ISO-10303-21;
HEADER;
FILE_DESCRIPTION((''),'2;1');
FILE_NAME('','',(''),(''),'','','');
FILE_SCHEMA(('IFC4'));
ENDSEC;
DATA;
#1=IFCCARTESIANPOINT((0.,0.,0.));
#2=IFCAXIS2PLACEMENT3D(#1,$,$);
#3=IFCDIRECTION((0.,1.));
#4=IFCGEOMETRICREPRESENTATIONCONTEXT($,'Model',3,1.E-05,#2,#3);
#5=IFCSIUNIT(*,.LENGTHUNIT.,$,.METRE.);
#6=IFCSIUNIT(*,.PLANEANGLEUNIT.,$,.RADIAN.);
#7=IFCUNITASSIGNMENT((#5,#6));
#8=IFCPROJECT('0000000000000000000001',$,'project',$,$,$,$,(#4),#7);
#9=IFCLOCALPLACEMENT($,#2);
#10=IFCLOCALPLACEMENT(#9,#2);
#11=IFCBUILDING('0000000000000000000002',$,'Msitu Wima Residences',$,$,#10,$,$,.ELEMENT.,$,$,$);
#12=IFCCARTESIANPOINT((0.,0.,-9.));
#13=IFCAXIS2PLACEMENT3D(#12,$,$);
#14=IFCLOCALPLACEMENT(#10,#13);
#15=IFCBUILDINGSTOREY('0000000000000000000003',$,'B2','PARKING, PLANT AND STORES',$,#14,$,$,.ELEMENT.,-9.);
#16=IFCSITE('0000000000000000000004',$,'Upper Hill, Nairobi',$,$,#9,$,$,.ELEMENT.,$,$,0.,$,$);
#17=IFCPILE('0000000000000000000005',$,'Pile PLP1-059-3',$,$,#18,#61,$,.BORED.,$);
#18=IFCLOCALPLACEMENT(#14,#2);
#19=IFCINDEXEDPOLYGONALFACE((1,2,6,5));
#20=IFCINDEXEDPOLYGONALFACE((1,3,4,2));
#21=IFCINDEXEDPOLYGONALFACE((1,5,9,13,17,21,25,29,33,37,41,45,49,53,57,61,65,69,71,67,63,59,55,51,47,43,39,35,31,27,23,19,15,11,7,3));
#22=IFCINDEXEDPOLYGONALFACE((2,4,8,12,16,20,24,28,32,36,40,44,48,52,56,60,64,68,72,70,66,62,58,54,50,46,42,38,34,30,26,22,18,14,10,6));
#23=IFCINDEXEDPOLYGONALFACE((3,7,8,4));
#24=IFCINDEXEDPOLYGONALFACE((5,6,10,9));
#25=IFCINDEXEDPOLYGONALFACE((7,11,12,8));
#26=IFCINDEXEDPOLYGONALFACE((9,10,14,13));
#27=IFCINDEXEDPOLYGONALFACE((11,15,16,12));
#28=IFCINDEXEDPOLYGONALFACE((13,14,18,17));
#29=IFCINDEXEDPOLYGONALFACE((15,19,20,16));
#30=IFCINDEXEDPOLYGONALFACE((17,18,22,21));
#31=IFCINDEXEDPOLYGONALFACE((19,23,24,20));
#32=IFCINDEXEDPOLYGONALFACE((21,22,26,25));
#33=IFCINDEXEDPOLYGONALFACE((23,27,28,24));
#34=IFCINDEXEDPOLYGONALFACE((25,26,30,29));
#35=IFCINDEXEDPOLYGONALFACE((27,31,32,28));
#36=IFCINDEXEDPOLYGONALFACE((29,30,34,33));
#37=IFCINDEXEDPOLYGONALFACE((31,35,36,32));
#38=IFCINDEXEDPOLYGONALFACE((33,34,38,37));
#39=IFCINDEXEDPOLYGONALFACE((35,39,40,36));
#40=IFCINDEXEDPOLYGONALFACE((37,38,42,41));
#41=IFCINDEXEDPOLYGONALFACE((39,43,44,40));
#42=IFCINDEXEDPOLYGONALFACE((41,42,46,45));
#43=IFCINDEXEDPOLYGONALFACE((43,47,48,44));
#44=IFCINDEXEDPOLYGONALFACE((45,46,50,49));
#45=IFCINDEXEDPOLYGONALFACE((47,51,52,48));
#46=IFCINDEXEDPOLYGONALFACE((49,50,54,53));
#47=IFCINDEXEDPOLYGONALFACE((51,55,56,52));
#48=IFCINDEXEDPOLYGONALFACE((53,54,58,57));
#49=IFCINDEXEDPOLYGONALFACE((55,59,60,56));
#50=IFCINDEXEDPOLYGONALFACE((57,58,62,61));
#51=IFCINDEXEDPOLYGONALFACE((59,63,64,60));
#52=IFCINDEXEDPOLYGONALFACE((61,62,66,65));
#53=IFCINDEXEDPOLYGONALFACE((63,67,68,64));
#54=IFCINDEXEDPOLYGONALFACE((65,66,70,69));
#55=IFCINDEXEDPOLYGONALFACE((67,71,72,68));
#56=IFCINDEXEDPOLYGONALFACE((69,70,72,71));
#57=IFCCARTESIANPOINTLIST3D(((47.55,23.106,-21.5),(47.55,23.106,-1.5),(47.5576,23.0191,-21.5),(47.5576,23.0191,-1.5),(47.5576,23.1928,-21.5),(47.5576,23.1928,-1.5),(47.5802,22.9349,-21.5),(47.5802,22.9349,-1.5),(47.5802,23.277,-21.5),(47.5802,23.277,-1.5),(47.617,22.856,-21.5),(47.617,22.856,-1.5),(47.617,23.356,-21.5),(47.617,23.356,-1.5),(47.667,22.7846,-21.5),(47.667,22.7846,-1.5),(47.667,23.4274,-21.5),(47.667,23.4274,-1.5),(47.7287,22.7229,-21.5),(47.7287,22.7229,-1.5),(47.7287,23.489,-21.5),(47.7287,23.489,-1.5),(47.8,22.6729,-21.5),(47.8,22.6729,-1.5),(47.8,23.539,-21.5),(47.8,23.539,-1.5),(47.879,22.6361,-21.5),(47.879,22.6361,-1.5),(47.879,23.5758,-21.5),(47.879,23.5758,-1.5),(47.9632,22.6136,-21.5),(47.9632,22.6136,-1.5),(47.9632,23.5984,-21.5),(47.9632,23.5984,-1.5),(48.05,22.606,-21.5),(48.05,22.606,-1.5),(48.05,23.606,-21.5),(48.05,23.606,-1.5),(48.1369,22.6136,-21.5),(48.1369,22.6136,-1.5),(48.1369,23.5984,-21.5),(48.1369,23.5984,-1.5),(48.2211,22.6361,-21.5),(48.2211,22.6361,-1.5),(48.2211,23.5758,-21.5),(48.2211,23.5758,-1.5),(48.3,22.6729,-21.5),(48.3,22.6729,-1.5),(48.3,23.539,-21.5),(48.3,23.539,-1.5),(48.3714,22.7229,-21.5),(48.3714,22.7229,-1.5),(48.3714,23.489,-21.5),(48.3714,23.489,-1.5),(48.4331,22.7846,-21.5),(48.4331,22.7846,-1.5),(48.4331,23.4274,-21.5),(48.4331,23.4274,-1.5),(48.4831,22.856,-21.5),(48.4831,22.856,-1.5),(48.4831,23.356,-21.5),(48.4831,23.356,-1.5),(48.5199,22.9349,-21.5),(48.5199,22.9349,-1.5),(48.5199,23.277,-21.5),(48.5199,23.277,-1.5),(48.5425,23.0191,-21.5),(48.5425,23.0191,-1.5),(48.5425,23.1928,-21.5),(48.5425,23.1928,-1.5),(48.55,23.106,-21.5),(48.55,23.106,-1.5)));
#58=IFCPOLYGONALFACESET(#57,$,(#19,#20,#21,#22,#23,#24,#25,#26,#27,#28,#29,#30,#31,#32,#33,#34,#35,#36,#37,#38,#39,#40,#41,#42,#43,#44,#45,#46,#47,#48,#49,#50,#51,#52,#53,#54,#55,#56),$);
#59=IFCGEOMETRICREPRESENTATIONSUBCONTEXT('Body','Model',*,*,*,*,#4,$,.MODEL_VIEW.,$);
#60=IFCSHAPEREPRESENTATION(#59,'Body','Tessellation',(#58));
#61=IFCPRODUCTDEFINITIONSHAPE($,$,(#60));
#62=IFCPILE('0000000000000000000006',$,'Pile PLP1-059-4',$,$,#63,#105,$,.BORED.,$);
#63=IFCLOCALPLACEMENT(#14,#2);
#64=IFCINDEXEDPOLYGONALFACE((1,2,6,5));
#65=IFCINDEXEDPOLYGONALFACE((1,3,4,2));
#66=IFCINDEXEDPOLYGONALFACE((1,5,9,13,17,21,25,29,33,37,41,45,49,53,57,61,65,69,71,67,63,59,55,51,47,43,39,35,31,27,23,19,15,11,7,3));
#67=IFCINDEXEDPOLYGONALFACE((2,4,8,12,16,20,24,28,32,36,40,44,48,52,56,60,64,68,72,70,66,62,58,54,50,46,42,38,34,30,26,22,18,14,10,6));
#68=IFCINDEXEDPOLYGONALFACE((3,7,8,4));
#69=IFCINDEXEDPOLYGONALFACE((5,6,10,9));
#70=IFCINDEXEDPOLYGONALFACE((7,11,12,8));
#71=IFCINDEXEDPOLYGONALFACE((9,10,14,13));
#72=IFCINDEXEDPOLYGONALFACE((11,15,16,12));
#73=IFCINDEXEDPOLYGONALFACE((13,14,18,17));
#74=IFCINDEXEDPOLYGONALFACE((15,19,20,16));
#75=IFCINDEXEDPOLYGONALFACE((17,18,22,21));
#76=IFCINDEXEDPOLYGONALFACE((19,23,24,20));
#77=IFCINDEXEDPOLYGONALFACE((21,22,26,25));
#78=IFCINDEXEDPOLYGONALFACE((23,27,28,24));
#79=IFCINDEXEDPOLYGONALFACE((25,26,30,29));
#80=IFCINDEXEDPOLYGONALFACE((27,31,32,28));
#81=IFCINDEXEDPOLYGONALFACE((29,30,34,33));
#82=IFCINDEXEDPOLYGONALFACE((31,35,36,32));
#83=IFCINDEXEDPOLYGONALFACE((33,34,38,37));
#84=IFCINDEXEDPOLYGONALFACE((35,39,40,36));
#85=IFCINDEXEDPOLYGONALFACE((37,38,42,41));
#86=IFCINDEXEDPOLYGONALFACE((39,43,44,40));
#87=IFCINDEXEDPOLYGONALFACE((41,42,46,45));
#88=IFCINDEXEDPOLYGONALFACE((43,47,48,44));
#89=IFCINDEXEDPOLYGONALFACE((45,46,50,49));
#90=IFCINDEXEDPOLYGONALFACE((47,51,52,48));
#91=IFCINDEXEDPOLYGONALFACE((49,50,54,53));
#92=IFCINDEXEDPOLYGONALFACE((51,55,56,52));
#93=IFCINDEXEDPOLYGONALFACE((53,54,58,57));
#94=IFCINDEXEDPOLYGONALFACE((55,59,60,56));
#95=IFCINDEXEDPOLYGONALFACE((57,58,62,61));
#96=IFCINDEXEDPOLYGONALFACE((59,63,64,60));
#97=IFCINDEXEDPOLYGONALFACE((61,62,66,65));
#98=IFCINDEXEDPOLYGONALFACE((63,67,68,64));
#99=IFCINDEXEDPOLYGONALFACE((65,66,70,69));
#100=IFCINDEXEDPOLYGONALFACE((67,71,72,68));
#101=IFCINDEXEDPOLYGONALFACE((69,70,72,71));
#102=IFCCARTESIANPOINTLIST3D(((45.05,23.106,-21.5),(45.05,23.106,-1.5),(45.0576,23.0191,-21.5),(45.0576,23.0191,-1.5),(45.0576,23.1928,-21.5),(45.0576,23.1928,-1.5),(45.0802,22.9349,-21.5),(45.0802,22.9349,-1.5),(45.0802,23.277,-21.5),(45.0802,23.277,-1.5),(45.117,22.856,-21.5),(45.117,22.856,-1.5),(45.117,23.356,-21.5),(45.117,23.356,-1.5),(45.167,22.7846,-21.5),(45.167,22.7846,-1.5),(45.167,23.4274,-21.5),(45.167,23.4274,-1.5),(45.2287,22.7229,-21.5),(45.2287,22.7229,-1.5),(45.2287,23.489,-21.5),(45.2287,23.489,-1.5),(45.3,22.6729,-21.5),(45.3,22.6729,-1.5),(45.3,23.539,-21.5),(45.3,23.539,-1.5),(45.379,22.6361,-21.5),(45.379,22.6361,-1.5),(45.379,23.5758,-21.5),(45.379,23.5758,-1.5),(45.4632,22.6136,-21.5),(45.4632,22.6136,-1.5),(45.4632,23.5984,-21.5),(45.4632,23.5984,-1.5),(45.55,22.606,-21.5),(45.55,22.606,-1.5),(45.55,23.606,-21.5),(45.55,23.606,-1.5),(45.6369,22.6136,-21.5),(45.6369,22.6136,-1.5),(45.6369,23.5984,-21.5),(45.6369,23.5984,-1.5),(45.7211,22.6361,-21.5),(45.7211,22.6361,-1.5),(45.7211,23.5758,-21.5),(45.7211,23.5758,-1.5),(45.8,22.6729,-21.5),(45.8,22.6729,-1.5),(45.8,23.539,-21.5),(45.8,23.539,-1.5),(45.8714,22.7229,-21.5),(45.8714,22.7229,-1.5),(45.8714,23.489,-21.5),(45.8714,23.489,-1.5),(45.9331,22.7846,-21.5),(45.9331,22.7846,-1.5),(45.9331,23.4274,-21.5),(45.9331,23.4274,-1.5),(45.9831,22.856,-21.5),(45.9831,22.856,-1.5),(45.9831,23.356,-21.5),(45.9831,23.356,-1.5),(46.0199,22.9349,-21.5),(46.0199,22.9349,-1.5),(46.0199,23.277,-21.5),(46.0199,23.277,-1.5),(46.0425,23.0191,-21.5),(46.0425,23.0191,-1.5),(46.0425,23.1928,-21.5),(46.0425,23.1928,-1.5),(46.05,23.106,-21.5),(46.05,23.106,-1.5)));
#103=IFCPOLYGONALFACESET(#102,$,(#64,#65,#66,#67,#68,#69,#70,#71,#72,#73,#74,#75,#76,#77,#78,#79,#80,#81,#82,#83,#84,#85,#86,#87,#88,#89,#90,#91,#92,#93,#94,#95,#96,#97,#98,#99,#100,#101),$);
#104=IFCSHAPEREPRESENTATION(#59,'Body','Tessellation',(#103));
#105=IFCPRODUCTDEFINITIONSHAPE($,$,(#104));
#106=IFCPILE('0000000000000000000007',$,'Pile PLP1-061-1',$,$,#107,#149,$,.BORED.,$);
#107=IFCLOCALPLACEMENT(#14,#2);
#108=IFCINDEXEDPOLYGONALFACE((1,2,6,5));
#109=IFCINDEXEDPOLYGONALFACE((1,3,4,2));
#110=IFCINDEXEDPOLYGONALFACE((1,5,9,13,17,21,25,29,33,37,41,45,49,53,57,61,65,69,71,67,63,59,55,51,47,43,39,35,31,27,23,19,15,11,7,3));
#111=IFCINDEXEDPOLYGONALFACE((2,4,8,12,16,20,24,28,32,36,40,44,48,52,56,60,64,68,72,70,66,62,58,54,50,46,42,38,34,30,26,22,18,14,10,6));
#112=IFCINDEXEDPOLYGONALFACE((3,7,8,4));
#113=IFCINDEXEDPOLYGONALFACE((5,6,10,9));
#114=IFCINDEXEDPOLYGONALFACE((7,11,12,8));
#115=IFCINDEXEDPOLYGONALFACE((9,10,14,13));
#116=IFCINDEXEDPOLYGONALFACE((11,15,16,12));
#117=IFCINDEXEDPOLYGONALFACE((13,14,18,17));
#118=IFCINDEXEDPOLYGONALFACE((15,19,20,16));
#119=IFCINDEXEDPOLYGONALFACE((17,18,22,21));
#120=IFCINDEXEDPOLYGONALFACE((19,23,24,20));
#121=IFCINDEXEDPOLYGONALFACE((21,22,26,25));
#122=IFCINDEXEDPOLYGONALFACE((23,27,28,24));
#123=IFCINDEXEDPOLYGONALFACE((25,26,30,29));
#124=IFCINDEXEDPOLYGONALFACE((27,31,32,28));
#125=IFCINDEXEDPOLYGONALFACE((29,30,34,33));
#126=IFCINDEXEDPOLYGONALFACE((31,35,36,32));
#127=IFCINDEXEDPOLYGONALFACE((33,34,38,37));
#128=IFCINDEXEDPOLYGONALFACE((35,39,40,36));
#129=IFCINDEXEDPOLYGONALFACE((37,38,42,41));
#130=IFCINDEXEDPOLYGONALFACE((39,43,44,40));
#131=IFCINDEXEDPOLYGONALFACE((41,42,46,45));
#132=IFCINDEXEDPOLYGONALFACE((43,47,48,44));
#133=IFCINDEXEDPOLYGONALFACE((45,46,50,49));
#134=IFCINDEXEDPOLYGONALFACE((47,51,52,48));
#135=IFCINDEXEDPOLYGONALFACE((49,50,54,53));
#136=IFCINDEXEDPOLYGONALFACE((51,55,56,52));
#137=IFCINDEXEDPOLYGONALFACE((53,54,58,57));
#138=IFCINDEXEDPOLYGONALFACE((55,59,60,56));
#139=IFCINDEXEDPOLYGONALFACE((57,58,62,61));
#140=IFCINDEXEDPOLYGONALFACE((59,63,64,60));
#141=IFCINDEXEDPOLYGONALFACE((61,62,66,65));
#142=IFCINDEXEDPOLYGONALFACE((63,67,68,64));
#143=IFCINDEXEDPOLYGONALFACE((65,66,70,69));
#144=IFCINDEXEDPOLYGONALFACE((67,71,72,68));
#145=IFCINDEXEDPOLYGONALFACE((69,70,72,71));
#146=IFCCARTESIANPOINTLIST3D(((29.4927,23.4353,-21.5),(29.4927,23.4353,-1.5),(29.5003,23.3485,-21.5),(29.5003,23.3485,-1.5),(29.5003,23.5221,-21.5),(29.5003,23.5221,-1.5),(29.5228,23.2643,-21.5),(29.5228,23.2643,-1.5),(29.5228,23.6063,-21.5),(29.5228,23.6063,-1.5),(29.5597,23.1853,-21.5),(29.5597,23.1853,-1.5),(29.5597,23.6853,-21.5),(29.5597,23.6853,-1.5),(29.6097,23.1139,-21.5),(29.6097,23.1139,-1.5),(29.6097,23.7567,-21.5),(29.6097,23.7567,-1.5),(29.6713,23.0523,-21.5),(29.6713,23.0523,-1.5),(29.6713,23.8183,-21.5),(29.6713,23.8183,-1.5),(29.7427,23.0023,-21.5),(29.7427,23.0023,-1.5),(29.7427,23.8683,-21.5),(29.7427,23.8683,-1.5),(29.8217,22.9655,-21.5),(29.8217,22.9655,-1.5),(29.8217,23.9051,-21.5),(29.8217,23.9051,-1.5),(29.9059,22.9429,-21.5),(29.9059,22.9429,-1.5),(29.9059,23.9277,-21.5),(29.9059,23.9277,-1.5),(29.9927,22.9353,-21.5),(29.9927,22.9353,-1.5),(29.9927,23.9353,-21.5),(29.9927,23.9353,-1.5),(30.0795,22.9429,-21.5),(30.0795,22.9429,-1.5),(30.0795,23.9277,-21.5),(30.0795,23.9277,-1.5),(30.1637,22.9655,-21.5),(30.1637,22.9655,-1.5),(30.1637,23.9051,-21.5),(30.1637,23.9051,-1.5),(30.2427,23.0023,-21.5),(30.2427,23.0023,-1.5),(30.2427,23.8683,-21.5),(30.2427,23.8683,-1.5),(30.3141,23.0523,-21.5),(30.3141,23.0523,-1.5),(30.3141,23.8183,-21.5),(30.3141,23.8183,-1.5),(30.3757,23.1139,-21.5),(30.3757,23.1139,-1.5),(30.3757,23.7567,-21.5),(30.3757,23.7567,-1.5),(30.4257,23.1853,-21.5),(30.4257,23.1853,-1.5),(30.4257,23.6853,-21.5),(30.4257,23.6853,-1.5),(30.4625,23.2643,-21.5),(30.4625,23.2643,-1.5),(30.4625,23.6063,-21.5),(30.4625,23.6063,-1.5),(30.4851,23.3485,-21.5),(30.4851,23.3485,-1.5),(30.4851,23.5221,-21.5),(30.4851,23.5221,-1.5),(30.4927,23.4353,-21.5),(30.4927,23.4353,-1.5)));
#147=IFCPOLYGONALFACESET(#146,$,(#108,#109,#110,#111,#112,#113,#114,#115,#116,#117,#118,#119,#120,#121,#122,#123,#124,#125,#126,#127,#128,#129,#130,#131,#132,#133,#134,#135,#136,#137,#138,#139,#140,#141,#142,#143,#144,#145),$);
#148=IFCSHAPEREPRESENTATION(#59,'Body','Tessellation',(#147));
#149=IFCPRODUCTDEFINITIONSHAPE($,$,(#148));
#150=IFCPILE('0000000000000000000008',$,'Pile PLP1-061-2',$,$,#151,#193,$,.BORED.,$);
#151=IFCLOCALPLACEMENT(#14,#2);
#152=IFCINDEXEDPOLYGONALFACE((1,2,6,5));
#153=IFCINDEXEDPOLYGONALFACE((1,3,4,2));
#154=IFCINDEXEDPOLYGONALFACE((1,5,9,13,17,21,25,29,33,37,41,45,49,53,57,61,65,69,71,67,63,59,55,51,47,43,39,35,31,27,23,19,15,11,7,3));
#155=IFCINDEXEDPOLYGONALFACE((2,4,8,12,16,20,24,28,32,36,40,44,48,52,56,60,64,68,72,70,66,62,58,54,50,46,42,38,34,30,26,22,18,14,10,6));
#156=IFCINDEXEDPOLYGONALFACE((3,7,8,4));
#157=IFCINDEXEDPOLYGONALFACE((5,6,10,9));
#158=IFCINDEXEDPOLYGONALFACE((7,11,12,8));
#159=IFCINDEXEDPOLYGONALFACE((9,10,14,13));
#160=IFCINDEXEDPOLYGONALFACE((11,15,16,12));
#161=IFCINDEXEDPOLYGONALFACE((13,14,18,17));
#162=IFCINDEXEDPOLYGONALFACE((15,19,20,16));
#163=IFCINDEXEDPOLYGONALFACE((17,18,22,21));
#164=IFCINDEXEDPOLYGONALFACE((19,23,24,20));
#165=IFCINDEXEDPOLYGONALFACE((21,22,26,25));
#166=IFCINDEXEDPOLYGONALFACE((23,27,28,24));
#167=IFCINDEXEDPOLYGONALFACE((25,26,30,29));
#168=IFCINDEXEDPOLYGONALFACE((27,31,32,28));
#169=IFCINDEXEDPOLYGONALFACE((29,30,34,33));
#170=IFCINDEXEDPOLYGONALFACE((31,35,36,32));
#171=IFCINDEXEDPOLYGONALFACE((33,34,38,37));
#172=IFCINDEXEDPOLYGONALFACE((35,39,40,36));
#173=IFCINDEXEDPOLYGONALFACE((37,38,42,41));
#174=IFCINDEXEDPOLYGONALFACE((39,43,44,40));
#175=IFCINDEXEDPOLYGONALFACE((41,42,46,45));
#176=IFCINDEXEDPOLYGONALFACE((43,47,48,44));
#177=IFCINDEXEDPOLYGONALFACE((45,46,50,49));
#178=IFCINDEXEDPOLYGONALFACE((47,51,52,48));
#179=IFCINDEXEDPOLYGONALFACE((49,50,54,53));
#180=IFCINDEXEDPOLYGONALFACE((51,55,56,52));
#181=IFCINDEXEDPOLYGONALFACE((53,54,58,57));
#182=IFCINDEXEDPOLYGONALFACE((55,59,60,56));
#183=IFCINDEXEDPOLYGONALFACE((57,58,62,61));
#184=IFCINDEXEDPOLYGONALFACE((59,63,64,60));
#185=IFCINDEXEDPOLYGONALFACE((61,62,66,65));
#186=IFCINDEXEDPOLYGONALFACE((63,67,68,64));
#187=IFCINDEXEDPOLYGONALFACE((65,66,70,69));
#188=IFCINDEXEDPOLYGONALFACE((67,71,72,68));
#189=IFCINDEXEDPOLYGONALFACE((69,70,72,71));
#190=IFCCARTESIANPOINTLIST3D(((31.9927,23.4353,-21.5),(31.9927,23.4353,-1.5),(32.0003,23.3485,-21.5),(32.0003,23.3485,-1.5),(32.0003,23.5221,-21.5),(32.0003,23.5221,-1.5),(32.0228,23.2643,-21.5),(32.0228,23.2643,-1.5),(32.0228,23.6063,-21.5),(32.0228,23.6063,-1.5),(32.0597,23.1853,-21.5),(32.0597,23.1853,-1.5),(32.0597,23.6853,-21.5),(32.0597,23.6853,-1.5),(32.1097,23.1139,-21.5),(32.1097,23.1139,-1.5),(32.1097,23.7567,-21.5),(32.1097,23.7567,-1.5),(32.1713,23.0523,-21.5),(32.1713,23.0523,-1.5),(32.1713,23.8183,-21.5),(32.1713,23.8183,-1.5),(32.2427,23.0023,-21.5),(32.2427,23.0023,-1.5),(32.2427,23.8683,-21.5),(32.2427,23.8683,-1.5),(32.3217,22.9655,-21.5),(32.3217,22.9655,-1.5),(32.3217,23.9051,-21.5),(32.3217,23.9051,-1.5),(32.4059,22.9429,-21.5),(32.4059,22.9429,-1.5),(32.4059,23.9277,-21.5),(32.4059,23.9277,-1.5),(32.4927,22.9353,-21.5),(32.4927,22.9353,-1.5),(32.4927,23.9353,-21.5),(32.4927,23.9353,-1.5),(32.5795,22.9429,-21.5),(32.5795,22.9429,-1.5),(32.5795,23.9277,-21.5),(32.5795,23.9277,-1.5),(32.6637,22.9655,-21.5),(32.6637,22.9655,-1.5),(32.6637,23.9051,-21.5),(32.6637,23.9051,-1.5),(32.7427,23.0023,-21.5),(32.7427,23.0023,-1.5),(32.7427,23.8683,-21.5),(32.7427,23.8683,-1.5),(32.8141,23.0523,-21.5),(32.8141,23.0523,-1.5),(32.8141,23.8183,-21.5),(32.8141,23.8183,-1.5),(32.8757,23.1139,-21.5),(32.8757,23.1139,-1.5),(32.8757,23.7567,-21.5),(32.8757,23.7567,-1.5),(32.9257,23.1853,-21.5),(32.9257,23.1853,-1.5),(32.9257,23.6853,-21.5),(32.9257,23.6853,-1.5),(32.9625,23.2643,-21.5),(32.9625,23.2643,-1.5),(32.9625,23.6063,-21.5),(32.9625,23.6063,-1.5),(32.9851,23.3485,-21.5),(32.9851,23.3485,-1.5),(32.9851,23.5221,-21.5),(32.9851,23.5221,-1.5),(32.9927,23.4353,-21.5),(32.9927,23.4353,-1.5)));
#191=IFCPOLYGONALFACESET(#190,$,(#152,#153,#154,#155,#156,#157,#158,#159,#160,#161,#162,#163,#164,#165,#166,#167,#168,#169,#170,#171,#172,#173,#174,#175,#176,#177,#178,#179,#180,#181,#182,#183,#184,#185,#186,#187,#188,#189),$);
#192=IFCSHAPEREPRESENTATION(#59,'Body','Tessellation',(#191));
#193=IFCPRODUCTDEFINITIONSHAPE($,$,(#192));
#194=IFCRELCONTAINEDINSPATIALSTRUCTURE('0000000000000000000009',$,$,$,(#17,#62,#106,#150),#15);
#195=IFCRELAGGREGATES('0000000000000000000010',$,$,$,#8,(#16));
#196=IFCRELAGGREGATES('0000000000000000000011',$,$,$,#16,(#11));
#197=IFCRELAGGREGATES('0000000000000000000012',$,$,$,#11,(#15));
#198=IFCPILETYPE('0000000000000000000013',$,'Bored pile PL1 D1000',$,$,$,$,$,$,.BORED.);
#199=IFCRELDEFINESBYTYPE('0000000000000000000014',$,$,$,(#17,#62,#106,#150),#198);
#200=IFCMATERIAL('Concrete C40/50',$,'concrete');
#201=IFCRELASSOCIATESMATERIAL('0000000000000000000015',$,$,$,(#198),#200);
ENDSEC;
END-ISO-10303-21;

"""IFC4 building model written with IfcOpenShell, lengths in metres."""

from ifc_helpers import new_model, si_unit, direction, frame, origin, origin_2d, place, context, subcontext, project, spatial, circle, extrude, material, type_object, element, save


model = new_model("IFC4")

# Units and contexts
model_context = context("Model", 3, precision=1e-05, world=origin(), true_north=direction((0.0, 1.0)))
body_context = subcontext(model_context, "Body", "Model", "MODEL_VIEW")
ifc_project = project(units=[si_unit("LENGTHUNIT", "METRE"), si_unit("PLANEANGLEUNIT", "RADIAN")], contexts=[model_context])

# Site, building, storey
site_placement = place(None, origin())
site = spatial("IfcSite", under=ifc_project, at=site_placement, Name="Upper Hill, Nairobi", CompositionType="ELEMENT", RefElevation=0.0)
building_placement = place(site_placement, origin())
building = spatial("IfcBuilding", under=site, at=building_placement, Name="Msitu Wima Residences", CompositionType="ELEMENT")
storey_placement = place(building_placement, frame((0.0, 0.0, -9.0)))
storey = spatial("IfcBuildingStorey", under=building, at=storey_placement, Name="B2", Description="PARKING, PLANT AND STORES", CompositionType="ELEMENT", Elevation=-9.0)

# Piles
ifc_material_1 = material(Name="Concrete C40/50", Category="concrete")
pile_type = type_object("IfcPileType", Name="Bored pile PL1 D1000", PredefinedType="BORED", material=ifc_material_1)
for number, where, z_axis, x_axis, name in (
    (1, (48.05, 23.106, -1.5), (0.0, 0.0, -1.0), (1.0, 0.0, 0.0), "Pile PLP1-059-3"),
    (2, (45.55, 23.106, -1.5), (0.0, 0.0, -1.0), (1.0, 0.0, 0.0), "Pile PLP1-059-4"),
    (3, (29.9927, 23.4353, -1.5), (0.0, 0.0, -1.0), (1.0, 0.0, 0.0), "Pile PLP1-061-1"),
    (4, (32.4927, 23.4353, -1.5), (0.0, 0.0, -1.0), (1.0, 0.0, 0.0), "Pile PLP1-061-2"),
):
    element("IfcPile", number, at=place(storey_placement, frame(where, z_axis=z_axis, x_axis=x_axis)), inside=storey, type_object=pile_type, Name=name, PredefinedType="BORED", context=body_context, shape_type="SweptSolid", body=[
        extrude(circle(Radius=0.5, at=origin_2d()), origin(), (0.0, 0.0, 1.0), 20.0),
    ])

save(model, "model.ifc")
